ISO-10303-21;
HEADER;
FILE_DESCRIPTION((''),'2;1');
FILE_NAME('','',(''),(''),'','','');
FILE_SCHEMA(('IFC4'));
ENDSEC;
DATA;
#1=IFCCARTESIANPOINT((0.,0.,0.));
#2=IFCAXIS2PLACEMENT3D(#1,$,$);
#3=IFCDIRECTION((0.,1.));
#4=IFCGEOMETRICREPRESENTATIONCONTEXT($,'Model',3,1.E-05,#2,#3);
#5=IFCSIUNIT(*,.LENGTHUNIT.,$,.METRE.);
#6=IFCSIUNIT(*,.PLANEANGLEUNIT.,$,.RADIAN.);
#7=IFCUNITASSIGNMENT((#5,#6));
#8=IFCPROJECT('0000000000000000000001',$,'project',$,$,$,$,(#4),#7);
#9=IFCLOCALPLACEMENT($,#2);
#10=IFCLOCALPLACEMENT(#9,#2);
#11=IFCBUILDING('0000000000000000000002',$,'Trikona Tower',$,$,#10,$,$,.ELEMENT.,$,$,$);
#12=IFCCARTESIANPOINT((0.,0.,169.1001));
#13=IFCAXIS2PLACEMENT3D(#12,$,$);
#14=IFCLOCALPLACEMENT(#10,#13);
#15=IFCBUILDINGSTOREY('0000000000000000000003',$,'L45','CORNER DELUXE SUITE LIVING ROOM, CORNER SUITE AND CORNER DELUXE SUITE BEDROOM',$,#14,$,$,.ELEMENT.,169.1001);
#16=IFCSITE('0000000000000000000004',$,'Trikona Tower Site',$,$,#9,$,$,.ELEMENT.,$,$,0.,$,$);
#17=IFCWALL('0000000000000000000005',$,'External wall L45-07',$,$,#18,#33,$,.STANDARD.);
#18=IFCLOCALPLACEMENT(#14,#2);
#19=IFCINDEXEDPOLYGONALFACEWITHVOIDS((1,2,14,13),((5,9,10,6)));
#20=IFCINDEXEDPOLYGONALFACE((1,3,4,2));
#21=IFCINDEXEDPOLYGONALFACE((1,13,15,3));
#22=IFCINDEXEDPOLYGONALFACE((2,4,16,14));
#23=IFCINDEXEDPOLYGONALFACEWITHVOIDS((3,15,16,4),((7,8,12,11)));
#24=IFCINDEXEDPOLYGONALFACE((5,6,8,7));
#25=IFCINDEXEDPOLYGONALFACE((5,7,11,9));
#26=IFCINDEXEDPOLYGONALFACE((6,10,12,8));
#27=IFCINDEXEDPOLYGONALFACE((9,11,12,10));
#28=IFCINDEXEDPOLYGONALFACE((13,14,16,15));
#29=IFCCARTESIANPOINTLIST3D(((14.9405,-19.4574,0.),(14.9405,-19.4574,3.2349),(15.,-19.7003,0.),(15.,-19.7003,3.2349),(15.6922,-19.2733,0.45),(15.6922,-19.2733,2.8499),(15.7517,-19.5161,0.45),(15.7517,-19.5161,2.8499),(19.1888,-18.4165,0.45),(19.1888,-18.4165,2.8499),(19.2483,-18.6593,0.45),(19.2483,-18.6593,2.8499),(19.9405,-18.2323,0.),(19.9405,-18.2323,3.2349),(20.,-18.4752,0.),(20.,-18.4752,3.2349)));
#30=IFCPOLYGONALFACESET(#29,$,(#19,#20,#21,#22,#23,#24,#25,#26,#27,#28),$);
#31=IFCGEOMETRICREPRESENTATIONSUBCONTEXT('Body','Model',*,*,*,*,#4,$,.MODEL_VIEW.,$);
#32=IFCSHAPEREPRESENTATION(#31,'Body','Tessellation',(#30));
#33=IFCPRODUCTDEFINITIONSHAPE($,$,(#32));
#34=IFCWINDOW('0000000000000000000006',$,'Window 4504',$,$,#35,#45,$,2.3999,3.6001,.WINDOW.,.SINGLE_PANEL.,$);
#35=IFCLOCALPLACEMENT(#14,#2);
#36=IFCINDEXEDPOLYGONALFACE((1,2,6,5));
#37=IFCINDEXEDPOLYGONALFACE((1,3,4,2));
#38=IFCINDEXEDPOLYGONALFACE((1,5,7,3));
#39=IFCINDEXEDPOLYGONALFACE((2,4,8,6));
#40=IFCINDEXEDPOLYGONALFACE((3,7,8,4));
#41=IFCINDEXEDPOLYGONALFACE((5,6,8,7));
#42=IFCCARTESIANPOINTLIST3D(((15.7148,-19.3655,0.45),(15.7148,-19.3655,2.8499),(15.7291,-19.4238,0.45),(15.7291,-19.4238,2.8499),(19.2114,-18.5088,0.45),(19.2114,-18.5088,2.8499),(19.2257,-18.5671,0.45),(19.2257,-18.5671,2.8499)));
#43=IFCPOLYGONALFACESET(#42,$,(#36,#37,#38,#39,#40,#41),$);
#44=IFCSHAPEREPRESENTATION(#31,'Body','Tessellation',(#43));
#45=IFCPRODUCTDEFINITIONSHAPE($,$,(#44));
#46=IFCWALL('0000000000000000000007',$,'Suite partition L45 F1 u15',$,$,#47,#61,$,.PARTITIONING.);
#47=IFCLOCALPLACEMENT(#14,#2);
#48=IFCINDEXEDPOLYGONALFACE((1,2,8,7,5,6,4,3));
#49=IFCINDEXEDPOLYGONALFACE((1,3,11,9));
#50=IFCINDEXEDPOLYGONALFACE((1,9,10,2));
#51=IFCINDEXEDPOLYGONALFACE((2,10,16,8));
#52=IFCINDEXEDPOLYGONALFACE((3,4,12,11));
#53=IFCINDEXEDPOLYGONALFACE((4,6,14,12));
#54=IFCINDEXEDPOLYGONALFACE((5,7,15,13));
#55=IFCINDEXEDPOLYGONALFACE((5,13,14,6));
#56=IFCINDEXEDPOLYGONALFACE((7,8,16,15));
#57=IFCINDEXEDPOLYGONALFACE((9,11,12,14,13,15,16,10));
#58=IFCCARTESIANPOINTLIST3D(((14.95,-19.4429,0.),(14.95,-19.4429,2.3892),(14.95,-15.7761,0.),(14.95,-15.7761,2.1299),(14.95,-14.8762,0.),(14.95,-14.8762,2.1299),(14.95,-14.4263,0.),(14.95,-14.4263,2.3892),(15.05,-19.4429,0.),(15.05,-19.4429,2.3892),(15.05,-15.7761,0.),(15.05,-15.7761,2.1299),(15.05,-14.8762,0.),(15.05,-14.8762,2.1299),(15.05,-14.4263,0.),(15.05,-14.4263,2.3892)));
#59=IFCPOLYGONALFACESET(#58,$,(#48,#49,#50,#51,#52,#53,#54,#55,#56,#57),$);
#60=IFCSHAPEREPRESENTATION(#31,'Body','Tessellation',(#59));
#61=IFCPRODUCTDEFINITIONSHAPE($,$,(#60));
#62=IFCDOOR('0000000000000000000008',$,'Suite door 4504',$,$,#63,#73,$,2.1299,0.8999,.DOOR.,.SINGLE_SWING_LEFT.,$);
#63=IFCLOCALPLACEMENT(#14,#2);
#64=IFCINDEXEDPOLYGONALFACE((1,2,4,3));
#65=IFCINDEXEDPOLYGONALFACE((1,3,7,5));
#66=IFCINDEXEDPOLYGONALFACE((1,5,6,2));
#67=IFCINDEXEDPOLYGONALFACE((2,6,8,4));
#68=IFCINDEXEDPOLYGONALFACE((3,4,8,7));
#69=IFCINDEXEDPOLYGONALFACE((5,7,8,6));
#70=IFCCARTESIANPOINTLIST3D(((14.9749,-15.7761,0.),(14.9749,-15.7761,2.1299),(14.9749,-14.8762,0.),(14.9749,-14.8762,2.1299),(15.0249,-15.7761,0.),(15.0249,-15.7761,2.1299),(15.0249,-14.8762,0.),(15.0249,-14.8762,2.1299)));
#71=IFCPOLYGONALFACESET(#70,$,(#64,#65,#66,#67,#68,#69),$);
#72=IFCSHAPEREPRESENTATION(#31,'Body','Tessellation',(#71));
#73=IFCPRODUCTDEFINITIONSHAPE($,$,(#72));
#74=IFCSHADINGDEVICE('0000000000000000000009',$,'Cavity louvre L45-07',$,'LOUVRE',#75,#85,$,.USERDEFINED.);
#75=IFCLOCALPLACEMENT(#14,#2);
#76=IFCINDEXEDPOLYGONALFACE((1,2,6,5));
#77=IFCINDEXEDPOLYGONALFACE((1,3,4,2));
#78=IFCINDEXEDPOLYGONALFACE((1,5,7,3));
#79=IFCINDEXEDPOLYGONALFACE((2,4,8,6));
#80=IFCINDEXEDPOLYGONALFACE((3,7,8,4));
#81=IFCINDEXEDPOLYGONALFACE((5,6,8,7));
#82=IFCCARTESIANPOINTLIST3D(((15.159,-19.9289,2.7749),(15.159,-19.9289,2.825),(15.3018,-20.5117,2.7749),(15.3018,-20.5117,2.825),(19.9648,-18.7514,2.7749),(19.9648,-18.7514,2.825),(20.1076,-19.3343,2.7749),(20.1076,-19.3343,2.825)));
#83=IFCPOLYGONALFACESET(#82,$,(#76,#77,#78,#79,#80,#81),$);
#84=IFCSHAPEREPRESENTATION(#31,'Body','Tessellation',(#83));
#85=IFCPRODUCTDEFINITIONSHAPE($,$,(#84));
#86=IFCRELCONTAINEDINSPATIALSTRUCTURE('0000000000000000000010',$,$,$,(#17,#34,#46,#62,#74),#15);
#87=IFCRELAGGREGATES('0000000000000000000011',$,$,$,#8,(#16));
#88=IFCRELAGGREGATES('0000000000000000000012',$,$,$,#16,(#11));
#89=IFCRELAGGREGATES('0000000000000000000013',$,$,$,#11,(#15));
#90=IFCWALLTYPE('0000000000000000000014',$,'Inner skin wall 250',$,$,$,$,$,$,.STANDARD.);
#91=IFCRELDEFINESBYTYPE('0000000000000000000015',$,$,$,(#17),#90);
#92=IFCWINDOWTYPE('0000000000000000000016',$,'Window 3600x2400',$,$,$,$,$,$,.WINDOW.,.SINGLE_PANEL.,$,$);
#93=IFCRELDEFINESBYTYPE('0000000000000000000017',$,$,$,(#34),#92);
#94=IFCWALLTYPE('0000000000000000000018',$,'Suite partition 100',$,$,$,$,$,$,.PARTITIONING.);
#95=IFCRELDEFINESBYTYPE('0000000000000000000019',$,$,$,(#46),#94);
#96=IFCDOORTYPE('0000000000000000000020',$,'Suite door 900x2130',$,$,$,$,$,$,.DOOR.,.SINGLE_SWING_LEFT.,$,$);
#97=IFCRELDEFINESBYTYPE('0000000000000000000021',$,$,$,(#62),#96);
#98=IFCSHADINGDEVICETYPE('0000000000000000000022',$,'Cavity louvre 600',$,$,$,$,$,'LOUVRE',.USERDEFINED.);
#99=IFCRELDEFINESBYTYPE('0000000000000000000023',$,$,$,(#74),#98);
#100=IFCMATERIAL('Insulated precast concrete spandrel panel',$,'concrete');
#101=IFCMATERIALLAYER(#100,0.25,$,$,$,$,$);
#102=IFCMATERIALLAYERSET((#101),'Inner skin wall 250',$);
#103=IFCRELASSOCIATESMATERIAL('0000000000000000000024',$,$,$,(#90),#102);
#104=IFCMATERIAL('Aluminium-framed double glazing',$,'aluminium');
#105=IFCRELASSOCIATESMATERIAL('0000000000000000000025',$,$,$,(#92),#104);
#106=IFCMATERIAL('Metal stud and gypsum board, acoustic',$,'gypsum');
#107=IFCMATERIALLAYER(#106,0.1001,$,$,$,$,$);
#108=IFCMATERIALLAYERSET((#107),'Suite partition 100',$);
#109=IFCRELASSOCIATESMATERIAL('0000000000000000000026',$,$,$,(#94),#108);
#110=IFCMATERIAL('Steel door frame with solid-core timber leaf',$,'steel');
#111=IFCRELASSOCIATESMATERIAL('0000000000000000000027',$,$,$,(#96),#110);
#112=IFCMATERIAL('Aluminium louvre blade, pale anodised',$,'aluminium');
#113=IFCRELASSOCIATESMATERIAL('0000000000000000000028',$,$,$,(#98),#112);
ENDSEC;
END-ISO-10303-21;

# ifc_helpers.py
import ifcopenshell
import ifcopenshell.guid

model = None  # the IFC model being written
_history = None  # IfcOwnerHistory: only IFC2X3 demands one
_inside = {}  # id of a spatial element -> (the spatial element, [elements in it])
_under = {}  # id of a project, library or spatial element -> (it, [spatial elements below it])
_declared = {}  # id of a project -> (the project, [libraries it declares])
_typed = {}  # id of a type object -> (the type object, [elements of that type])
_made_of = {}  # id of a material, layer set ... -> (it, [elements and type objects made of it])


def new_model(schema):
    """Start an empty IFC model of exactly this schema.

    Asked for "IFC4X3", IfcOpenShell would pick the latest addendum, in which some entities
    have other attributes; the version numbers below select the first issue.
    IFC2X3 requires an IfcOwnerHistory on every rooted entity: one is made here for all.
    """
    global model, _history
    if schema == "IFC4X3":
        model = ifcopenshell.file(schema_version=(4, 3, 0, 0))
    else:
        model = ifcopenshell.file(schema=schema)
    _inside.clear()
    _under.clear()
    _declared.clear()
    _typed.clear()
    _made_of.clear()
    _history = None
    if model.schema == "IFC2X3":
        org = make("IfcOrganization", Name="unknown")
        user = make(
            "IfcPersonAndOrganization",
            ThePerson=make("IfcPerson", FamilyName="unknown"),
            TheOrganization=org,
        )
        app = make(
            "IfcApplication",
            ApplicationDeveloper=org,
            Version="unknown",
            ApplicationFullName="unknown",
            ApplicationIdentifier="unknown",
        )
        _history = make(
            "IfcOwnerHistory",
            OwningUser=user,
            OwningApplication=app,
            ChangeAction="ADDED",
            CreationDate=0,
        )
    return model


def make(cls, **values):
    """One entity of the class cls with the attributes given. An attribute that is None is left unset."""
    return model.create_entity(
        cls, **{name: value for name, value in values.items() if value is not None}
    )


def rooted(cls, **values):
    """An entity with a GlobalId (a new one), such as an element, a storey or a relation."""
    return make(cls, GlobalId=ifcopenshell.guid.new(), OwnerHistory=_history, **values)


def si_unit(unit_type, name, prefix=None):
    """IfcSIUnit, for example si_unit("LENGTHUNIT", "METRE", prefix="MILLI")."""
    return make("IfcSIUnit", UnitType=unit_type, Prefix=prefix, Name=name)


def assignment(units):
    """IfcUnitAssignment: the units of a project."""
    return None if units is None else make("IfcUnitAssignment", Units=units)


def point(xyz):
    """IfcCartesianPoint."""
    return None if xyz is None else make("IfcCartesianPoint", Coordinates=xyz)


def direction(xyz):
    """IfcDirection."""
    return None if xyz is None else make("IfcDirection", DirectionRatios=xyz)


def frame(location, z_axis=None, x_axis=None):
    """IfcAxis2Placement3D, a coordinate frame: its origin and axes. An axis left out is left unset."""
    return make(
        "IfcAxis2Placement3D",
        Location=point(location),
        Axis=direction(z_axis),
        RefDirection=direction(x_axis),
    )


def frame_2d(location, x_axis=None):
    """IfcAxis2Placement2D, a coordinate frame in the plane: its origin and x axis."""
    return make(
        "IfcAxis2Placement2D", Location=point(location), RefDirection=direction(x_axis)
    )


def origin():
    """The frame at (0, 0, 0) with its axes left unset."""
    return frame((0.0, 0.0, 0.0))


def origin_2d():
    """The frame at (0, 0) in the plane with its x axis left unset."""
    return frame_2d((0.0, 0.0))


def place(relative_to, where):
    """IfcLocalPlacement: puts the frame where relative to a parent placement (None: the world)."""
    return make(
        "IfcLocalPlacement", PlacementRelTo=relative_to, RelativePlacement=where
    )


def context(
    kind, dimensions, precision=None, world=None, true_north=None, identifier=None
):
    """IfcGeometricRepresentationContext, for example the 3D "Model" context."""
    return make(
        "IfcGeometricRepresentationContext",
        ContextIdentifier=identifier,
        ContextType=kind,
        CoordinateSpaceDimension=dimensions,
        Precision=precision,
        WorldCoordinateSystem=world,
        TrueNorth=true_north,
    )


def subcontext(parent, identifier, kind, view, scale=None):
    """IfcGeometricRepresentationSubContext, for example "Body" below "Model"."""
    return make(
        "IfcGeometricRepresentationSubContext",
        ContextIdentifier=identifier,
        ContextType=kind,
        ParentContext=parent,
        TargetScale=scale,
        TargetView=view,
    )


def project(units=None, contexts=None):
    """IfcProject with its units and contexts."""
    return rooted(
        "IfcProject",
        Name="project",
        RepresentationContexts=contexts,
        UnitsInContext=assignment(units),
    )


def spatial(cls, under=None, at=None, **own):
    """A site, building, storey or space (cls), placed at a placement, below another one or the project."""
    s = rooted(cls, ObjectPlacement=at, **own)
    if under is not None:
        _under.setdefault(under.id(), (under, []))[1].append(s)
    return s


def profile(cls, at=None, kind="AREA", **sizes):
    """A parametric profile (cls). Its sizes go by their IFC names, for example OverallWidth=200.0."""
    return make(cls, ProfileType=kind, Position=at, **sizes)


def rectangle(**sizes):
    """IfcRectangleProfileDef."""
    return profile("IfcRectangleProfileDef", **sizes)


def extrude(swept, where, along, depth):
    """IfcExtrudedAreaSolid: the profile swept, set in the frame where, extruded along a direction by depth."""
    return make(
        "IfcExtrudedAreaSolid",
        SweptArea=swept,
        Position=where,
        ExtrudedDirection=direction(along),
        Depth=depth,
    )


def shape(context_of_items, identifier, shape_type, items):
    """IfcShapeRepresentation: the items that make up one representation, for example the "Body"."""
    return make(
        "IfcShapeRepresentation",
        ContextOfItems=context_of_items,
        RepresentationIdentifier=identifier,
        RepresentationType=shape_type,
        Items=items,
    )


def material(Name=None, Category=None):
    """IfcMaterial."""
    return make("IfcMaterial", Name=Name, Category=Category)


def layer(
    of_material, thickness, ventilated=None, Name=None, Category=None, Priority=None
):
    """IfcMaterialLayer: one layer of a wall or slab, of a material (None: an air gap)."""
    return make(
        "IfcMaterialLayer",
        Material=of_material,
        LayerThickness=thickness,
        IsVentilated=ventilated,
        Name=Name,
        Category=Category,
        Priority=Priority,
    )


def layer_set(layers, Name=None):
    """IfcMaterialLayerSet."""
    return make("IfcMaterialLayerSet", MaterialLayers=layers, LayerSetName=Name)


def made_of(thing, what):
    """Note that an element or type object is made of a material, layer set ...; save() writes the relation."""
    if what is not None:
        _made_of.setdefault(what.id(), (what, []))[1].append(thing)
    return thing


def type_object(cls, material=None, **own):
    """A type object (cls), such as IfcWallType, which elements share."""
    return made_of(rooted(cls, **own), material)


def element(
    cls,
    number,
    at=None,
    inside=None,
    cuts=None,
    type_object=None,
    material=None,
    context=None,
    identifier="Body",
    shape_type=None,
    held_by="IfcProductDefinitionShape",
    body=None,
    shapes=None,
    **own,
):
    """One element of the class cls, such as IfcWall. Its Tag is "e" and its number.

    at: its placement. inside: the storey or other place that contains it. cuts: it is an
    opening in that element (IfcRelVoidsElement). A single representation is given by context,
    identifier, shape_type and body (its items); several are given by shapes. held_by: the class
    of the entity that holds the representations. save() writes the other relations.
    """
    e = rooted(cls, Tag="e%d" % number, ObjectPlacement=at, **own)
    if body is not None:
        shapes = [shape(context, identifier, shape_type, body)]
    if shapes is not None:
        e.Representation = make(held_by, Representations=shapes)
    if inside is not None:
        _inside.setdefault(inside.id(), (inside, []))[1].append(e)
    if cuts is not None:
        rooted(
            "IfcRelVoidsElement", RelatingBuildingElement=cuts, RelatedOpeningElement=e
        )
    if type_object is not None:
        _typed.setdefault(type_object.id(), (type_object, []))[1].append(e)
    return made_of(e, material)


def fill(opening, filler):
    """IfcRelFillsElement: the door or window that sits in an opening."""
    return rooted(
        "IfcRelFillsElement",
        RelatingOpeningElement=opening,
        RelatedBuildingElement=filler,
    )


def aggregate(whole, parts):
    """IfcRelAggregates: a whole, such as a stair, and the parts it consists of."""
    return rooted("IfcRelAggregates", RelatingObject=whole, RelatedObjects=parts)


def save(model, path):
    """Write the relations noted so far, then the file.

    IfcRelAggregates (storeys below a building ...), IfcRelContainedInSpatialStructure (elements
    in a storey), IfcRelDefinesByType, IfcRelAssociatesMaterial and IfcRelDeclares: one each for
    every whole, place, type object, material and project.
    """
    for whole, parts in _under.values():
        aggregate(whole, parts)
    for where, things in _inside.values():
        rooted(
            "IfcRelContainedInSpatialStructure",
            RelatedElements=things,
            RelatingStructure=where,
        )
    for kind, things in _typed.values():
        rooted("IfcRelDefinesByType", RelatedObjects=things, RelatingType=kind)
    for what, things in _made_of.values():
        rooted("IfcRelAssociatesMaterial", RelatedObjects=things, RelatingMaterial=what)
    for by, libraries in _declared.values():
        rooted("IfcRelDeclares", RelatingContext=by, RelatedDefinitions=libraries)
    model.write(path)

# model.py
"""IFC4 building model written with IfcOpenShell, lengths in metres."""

from ifc_helpers import new_model, si_unit, direction, frame, frame_2d, origin, origin_2d, place, context, subcontext, project, spatial, rectangle, extrude, material, layer, layer_set, type_object, element, fill, save


model = new_model("IFC4")

# Units and contexts
model_context = context("Model", 3, precision=1e-05, world=origin(), true_north=direction((0.0, 1.0)))
body_context = subcontext(model_context, "Body", "Model", "MODEL_VIEW")
ifc_project = project(units=[si_unit("LENGTHUNIT", "METRE"), si_unit("PLANEANGLEUNIT", "RADIAN")], contexts=[model_context])

# Site, building, storey
site_placement = place(None, origin())
site = spatial("IfcSite", under=ifc_project, at=site_placement, Name="Trikona Tower Site", CompositionType="ELEMENT", RefElevation=0.0)
building_placement = place(site_placement, origin())
building = spatial("IfcBuilding", under=site, at=building_placement, Name="Trikona Tower", CompositionType="ELEMENT")
storey_placement = place(building_placement, frame((0.0, 0.0, 169.1001)))
storey = spatial("IfcBuildingStorey", under=building, at=storey_placement, Name="L45", Description="CORNER DELUXE SUITE LIVING ROOM, CORNER SUITE AND CORNER DELUXE SUITE BEDROOM", CompositionType="ELEMENT", Elevation=169.1001)

# Wall, opening, window
ifc_material_1 = material(Name="Insulated precast concrete spandrel panel", Category="concrete")
ifc_layer_1 = layer(ifc_material_1, 0.25)
ifc_layer_set_1 = layer_set([ifc_layer_1], Name="Inner skin wall 250")
wall_type_1 = type_object("IfcWallType", Name="Inner skin wall 250", PredefinedType="STANDARD", material=ifc_layer_set_1)
wall_1_placement = place(storey_placement, frame((14.9702, -19.5789, 0.0), z_axis=(0.0, 0.0, 1.0), x_axis=(0.97127, 0.23798, 0.0)))
wall_1 = element("IfcWall", 1, at=wall_1_placement, inside=storey, type_object=wall_type_1, Name="External wall L45-07", PredefinedType="STANDARD", context=body_context, shape_type="SweptSolid", body=[
    extrude(rectangle(XDim=5.1479, YDim=0.25, at=frame_2d((2.574, 0.0))), origin(), (0.0, 0.0, 1.0), 3.2349),
])
opening_1_placement = place(wall_1_placement, frame((0.7739, 0.0, 0.45)))
opening_1 = element("IfcOpeningElement", 2, at=opening_1_placement, cuts=wall_1, PredefinedType="OPENING", context=body_context, shape_type="SweptSolid", body=[
    extrude(rectangle(XDim=3.6001, YDim=2.3999, at=frame_2d((1.8, 1.2))), frame((0.0, 0.135, 0.0), z_axis=(0.0, -1.0, 0.0), x_axis=(1.0, 0.0, 0.0)), (0.0, 0.0, 1.0), 0.27),
])
ifc_material_2 = material(Name="Aluminium-framed double glazing", Category="aluminium")
window_type = type_object("IfcWindowType", Name="Window 3600x2400", PartitioningType="SINGLE_PANEL", PredefinedType="WINDOW", material=ifc_material_2)
window_placement = place(opening_1_placement, origin())
window = element("IfcWindow", 3, at=window_placement, inside=storey, type_object=window_type, Name="Window 4504", OverallHeight=2.3999, OverallWidth=3.6001, PartitioningType="SINGLE_PANEL", PredefinedType="WINDOW", context=body_context, shape_type="SweptSolid", body=[
    extrude(rectangle(XDim=3.6001, YDim=2.3999, at=frame_2d((1.8, 1.2))), frame((0.0, 0.03, 0.0), z_axis=(0.0, -1.0, 0.0), x_axis=(1.0, 0.0, 0.0)), (0.0, 0.0, 1.0), 0.0601),
])
fill(opening_1, window)

# Wall, opening, door
ifc_material_3 = material(Name="Metal stud and gypsum board, acoustic", Category="gypsum")
ifc_layer_2 = layer(ifc_material_3, 0.1001)
ifc_layer_set_2 = layer_set([ifc_layer_2], Name="Suite partition 100")
wall_type_2 = type_object("IfcWallType", Name="Suite partition 100", PredefinedType="PARTITIONING", material=ifc_layer_set_2)
wall_2_placement = place(storey_placement, frame((15.0, -14.4263, 0.0), z_axis=(0.0, 0.0, 1.0), x_axis=(0.0, -1.0, 0.0)))
wall_2 = element("IfcWall", 4, at=wall_2_placement, inside=storey, type_object=wall_type_2, Name="Suite partition L45 F1 u15", PredefinedType="PARTITIONING", context=body_context, shape_type="SweptSolid", body=[
    extrude(rectangle(XDim=5.0166, YDim=0.1001, at=frame_2d((2.5083, 0.0))), origin(), (0.0, 0.0, 1.0), 2.3892),
])
opening_2_placement = place(wall_2_placement, frame((0.45, 0.0, 0.0)))
opening_2 = element("IfcOpeningElement", 5, at=opening_2_placement, cuts=wall_2, PredefinedType="OPENING", context=body_context, shape_type="SweptSolid", body=[
    extrude(rectangle(XDim=0.8999, YDim=2.1299, at=frame_2d((0.45, 1.0649))), frame((0.0, 0.0601, 0.0), z_axis=(0.0, -1.0, 0.0), x_axis=(1.0, 0.0, 0.0)), (0.0, 0.0, 1.0), 0.1201),
])
ifc_material_4 = material(Name="Steel door frame with solid-core timber leaf", Category="steel")
door_type = type_object("IfcDoorType", Name="Suite door 900x2130", OperationType="SINGLE_SWING_LEFT", PredefinedType="DOOR", material=ifc_material_4)
door_placement = place(opening_2_placement, origin())
door = element("IfcDoor", 6, at=door_placement, inside=storey, type_object=door_type, Name="Suite door 4504", OperationType="SINGLE_SWING_LEFT", OverallHeight=2.1299, OverallWidth=0.8999, PredefinedType="DOOR", context=body_context, shape_type="SweptSolid", body=[
    extrude(rectangle(XDim=0.8999, YDim=2.1299, at=frame_2d((0.45, 1.0649))), frame((0.0, 0.0249, 0.0), z_axis=(0.0, -1.0, 0.0), x_axis=(1.0, 0.0, 0.0)), (0.0, 0.0, 1.0), 0.05),
])
fill(opening_2, door)

# Shading device
ifc_material_5 = material(Name="Aluminium louvre blade, pale anodised", Category="aluminium")
shading_device_type = type_object("IfcShadingDeviceType", Name="Cavity louvre 600", ElementType="LOUVRE", PredefinedType="USERDEFINED", material=ifc_material_5)
shading_device_placement = place(storey_placement, frame((17.6333, -19.6316, 2.7749), z_axis=(0.0, 0.0, 1.0), x_axis=(0.971274, 0.237962, 0.0)))
element("IfcShadingDevice", 7, at=shading_device_placement, inside=storey, type_object=shading_device_type, Name="Cavity louvre L45-07", ObjectType="LOUVRE", PredefinedType="USERDEFINED", context=body_context, shape_type="SweptSolid", body=[
    extrude(rectangle(XDim=4.948, YDim=0.6001, at=origin_2d()), origin(), (0.0, 0.0, 1.0), 0.05),
])

save(model, "model.ifc")
